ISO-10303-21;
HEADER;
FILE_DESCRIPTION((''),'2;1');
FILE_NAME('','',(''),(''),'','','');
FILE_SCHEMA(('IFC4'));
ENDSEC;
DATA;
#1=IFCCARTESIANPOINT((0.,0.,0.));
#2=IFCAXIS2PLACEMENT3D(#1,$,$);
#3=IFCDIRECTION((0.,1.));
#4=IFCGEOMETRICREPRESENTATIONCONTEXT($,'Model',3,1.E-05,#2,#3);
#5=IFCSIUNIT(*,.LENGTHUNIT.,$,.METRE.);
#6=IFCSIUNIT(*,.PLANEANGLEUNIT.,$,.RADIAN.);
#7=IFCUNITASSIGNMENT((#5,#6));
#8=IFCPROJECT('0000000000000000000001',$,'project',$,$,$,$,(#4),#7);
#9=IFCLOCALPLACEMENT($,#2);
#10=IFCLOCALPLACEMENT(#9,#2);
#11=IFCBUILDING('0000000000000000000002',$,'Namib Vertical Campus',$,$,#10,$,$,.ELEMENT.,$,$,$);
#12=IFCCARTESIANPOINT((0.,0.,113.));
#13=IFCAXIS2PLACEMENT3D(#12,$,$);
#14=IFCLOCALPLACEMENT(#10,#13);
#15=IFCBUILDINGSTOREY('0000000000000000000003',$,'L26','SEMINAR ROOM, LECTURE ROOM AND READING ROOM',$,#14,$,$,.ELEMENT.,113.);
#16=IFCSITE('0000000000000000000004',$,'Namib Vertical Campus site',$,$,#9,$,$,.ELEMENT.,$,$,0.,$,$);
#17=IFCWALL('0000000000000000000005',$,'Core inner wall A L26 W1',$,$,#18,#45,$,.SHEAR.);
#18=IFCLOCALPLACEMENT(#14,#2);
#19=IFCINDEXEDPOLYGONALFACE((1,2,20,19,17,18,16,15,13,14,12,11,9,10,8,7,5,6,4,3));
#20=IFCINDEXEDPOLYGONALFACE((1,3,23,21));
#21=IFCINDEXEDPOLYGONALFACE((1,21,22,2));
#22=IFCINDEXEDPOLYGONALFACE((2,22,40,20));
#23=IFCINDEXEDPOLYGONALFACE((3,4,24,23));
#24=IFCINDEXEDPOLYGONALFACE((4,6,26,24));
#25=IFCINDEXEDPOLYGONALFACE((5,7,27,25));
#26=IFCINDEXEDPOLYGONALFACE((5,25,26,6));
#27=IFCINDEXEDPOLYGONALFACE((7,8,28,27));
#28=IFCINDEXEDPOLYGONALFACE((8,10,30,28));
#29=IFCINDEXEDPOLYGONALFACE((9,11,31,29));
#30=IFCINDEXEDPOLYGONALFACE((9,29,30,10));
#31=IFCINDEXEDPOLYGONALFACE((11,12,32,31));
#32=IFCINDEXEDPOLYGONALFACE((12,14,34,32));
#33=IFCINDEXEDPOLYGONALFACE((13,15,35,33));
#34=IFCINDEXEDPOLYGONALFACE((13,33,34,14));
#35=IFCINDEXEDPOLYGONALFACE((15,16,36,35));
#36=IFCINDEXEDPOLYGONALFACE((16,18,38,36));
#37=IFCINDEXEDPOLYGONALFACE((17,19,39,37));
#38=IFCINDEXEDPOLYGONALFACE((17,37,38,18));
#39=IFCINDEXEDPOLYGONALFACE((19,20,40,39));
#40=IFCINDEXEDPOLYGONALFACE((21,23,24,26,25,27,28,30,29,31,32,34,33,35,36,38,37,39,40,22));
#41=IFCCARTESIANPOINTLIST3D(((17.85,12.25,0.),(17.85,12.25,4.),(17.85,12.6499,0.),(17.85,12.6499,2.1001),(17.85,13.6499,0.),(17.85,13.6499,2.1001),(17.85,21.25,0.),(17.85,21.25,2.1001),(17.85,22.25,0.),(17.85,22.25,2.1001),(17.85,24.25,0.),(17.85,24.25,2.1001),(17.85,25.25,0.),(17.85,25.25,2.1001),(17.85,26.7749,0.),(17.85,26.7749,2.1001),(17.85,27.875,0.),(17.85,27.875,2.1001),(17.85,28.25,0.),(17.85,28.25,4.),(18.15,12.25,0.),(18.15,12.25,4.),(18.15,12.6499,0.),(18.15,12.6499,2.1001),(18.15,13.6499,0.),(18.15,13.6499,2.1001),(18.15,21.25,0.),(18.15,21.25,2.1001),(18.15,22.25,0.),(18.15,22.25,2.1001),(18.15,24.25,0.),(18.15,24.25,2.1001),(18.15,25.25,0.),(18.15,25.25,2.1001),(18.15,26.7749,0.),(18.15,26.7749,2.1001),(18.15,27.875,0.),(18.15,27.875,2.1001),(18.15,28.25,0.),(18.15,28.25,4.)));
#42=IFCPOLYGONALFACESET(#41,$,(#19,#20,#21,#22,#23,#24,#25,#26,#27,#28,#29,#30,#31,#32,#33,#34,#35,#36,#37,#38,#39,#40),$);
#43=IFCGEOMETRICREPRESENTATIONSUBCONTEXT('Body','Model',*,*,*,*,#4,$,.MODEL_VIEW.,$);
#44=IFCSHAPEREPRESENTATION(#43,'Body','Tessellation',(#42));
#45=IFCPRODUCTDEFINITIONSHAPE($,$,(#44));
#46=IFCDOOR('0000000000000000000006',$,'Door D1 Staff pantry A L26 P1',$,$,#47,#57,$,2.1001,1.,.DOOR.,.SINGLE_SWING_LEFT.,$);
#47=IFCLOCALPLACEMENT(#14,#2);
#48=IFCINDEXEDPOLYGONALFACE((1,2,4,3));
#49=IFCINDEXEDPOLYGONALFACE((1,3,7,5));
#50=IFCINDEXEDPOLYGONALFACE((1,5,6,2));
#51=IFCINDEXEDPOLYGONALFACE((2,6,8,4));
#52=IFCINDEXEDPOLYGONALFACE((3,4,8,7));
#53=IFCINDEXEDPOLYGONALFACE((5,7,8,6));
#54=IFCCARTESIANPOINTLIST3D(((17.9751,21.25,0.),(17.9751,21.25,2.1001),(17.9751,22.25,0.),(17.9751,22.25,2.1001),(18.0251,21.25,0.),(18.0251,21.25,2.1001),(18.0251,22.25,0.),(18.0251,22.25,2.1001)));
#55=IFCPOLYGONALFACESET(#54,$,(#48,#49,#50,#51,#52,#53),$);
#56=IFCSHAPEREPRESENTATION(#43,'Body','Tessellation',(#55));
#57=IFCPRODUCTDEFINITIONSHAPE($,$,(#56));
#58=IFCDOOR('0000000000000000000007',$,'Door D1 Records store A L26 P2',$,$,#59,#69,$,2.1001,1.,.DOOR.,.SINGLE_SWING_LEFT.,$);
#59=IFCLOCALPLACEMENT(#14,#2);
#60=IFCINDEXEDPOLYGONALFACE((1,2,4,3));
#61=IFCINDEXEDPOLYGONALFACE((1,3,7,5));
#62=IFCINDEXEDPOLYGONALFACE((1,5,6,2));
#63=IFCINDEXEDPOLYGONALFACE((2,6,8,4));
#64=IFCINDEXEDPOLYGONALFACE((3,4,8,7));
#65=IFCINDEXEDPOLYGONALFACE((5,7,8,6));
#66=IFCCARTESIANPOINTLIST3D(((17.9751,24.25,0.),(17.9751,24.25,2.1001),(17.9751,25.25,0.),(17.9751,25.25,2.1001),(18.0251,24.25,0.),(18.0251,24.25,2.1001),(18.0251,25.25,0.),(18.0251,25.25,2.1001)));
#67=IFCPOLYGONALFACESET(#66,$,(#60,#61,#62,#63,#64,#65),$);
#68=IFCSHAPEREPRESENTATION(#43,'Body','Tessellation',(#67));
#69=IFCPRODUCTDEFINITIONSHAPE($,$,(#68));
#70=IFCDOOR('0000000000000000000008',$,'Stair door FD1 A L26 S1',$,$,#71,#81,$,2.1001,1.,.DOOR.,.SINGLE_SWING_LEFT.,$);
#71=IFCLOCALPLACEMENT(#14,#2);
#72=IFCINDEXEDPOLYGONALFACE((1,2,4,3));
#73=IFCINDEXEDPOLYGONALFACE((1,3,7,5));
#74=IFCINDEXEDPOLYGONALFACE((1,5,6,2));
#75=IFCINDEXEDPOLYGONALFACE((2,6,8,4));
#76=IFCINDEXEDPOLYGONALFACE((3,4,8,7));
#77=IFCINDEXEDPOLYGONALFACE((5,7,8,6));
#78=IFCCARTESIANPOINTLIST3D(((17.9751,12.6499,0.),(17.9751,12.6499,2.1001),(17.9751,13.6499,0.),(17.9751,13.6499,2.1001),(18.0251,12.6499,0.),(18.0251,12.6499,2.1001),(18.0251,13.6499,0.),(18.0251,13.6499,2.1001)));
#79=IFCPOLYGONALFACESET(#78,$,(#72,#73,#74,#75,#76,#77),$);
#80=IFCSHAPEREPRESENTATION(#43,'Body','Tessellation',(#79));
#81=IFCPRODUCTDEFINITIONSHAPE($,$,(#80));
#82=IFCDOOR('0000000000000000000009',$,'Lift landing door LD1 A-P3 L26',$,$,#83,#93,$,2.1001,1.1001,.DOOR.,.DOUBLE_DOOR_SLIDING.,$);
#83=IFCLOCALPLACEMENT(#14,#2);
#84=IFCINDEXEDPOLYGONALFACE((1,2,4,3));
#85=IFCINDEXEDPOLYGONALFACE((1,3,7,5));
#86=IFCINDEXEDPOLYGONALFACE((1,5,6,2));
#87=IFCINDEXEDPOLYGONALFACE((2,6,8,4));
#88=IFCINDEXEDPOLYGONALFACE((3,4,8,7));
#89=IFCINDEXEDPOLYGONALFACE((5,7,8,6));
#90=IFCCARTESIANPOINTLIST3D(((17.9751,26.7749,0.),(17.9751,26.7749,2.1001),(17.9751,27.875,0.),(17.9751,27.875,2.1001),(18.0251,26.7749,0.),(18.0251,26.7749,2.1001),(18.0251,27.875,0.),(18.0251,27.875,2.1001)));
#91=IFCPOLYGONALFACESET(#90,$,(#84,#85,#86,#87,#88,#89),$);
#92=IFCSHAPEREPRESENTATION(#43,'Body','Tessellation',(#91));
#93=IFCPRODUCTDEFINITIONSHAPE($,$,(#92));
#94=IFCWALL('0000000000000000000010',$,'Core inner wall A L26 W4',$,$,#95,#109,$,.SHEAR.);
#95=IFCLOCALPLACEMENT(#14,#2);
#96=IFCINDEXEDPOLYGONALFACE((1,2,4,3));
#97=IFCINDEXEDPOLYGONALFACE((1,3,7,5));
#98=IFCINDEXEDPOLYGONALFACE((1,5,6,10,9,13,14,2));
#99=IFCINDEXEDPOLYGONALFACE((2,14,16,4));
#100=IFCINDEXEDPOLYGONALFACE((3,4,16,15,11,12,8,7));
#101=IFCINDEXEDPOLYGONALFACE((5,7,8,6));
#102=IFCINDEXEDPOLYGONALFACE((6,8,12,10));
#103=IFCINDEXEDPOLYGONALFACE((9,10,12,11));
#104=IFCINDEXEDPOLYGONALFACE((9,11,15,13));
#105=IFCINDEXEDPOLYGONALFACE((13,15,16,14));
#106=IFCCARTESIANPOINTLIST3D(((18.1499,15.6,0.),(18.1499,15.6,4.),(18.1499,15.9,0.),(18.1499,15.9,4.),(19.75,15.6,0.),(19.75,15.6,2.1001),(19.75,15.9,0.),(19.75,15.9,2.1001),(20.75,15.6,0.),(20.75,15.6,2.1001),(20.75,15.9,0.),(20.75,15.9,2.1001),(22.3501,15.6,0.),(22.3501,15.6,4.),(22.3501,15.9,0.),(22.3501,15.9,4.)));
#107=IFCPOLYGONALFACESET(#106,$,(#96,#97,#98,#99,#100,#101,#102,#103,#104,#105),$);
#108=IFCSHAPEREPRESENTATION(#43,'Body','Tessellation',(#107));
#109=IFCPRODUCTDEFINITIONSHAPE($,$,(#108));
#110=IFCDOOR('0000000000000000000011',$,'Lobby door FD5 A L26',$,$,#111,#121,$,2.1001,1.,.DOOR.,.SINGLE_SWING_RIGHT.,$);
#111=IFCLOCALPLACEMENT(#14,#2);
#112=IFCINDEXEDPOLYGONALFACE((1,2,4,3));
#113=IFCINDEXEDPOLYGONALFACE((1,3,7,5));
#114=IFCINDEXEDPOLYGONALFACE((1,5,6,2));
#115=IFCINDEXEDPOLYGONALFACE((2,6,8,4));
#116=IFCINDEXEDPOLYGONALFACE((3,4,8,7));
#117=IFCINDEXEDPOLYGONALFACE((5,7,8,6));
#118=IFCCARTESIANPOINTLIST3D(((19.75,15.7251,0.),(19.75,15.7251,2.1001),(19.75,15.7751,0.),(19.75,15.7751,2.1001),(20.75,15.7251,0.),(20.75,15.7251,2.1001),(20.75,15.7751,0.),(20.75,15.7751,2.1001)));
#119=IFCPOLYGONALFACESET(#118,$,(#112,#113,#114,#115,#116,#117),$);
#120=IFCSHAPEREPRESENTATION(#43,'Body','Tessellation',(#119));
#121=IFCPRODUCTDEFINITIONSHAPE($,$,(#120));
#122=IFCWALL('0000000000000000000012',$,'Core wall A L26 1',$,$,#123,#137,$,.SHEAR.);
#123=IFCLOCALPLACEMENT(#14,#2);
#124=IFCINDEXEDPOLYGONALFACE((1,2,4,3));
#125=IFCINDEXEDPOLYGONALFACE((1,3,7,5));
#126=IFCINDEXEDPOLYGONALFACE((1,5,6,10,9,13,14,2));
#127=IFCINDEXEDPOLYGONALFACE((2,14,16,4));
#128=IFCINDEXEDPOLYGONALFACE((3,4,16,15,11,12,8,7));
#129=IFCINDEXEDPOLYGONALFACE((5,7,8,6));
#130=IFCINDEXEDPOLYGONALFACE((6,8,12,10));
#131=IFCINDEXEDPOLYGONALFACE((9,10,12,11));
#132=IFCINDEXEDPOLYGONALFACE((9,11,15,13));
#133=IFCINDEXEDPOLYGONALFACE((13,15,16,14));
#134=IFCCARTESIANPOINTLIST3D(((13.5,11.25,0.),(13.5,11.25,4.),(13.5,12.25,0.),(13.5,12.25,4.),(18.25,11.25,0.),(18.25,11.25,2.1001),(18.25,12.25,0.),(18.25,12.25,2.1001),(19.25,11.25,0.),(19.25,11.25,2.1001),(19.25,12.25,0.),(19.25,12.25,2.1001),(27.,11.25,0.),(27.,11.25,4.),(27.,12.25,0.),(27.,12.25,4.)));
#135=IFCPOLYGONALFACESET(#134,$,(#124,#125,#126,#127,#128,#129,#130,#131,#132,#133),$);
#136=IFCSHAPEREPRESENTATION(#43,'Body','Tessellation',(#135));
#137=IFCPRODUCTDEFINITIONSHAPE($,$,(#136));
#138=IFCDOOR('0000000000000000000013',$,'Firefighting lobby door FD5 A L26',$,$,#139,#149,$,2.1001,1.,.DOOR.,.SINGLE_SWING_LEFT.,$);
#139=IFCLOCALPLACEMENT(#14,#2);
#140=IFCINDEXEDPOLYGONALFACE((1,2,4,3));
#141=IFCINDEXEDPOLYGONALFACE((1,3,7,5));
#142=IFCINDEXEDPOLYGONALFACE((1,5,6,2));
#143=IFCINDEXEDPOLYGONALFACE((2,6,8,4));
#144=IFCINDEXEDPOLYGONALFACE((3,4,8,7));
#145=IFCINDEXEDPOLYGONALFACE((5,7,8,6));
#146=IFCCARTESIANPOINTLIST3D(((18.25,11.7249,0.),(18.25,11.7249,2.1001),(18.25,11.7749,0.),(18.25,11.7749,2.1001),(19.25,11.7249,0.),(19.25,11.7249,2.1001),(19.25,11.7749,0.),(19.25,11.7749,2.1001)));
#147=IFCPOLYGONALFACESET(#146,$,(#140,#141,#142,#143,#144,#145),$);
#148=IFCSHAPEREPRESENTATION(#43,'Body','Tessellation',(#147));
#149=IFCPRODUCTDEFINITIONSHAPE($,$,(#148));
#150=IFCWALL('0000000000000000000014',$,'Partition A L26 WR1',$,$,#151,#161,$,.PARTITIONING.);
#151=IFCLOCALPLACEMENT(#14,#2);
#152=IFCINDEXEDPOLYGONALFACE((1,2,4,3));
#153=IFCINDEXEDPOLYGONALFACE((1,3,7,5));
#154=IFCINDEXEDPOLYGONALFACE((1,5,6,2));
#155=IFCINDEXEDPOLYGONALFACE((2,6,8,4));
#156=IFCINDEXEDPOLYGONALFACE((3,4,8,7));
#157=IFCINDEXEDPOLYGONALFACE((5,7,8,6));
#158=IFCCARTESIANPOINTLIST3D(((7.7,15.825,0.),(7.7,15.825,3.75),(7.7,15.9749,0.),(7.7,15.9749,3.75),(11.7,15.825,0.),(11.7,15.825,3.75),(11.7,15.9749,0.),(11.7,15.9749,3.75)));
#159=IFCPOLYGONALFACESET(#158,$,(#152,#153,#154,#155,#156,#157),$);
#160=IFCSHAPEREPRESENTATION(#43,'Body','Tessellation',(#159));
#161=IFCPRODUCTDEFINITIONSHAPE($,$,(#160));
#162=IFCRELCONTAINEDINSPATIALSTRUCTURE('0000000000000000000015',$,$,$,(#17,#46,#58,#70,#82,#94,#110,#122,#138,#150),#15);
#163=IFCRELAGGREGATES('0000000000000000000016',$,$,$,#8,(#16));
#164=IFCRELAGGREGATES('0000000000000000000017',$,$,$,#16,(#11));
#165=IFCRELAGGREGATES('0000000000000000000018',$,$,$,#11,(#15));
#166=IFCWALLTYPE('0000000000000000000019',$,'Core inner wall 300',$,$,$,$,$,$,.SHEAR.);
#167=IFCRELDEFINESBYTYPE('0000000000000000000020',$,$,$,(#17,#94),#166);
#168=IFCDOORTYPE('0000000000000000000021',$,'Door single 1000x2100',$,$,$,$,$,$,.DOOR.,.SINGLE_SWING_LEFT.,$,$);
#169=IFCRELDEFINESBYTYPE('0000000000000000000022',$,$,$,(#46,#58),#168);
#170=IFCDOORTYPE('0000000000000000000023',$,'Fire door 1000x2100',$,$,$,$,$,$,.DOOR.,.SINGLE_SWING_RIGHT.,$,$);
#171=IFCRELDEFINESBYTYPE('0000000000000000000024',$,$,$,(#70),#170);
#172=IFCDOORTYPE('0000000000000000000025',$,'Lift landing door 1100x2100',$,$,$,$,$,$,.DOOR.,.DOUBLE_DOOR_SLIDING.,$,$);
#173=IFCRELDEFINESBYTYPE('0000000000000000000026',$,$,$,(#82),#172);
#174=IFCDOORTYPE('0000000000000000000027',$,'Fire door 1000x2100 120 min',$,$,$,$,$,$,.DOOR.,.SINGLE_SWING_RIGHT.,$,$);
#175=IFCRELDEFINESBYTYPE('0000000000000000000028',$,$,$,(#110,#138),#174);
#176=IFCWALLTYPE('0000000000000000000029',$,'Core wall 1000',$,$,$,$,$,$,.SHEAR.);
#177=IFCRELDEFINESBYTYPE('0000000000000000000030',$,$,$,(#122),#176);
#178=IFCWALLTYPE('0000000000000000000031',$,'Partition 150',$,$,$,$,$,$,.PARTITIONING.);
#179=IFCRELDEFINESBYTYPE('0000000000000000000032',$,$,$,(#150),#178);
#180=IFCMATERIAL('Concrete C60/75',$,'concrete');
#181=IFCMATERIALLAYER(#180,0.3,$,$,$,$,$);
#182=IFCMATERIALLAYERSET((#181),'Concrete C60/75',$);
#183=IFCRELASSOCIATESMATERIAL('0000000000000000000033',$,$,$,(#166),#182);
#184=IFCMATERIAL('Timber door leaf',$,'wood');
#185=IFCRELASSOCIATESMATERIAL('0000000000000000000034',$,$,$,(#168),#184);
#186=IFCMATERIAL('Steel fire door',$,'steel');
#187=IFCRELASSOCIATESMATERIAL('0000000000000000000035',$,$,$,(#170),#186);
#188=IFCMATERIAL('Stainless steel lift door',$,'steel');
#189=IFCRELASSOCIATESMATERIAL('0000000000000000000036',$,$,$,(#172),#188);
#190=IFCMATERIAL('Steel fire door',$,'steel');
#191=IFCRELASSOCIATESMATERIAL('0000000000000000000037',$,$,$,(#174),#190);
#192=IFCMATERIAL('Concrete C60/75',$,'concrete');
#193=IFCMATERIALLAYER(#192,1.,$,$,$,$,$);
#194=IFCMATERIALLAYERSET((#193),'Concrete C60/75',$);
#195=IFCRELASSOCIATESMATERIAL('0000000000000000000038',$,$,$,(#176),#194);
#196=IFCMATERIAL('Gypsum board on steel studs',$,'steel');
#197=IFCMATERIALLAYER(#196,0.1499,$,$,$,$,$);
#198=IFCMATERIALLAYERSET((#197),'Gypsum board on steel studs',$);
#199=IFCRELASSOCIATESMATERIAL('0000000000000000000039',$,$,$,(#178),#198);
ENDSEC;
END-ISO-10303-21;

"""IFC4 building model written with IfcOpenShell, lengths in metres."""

from ifc_helpers import new_model, si_unit, direction, frame, frame_2d, origin, place, context, subcontext, project, spatial, rectangle, extrude, material, layer, layer_set, type_object, element, fill, save


model = new_model("IFC4")

# Units and contexts
model_context = context("Model", 3, precision=1e-05, world=origin(), true_north=direction((0.0, 1.0)))
body_context = subcontext(model_context, "Body", "Model", "MODEL_VIEW")
ifc_project = project(units=[si_unit("LENGTHUNIT", "METRE"), si_unit("PLANEANGLEUNIT", "RADIAN")], contexts=[model_context])

# Site, building, storey
site_placement = place(None, origin())
site = spatial("IfcSite", under=ifc_project, at=site_placement, Name="Namib Vertical Campus site", CompositionType="ELEMENT", RefElevation=0.0)
building_placement = place(site_placement, origin())
building = spatial("IfcBuilding", under=site, at=building_placement, Name="Namib Vertical Campus", CompositionType="ELEMENT")
storey_placement = place(building_placement, frame((0.0, 0.0, 113.0)))
storey = spatial("IfcBuildingStorey", under=building, at=storey_placement, Name="L26", Description="SEMINAR ROOM, LECTURE ROOM AND READING ROOM", CompositionType="ELEMENT", Elevation=113.0)

# Wall, openings, doors
ifc_material_1 = material(Name="Concrete C60/75", Category="concrete")
ifc_layer_1 = layer(ifc_material_1, 0.3)
ifc_layer_set_1 = layer_set([ifc_layer_1], Name="Concrete C60/75")
wall_type_1 = type_object("IfcWallType", Name="Core inner wall 300", PredefinedType="SHEAR", material=ifc_layer_set_1)
wall_1_placement = place(storey_placement, frame((18.0, 12.25, 0.0), z_axis=(0.0, 0.0, 1.0), x_axis=(0.0, 1.0, 0.0)))
wall_1 = element("IfcWall", 1, at=wall_1_placement, inside=storey, type_object=wall_type_1, Name="Core inner wall A L26 W1", PredefinedType="SHEAR", context=body_context, shape_type="SweptSolid", body=[
    extrude(rectangle(XDim=16.0, YDim=0.3, at=frame_2d((8.0, 0.0))), origin(), (0.0, 0.0, 1.0), 4.0),
])
opening_1_placement = place(wall_1_placement, frame((0.3999, 0.0, 0.0)))
opening_1 = element("IfcOpeningElement", 2, at=opening_1_placement, cuts=wall_1, PredefinedType="OPENING", context=body_context, shape_type="SweptSolid", body=[
    extrude(rectangle(XDim=1.0, YDim=2.1001, at=frame_2d((0.5, 1.05))), frame((0.0, 0.1599, 0.0), z_axis=(0.0, -1.0, 0.0), x_axis=(1.0, 0.0, 0.0)), (0.0, 0.0, 1.0), 0.3201),
])
opening_2_placement = place(wall_1_placement, frame((14.5249, 0.0, 0.0)))
opening_2 = element("IfcOpeningElement", 3, at=opening_2_placement, cuts=wall_1, PredefinedType="OPENING", context=body_context, shape_type="SweptSolid", body=[
    extrude(rectangle(XDim=1.1001, YDim=2.1001, at=frame_2d((0.55, 1.05))), frame((0.0, 0.1599, 0.0), z_axis=(0.0, -1.0, 0.0), x_axis=(1.0, 0.0, 0.0)), (0.0, 0.0, 1.0), 0.3201),
])
opening_3_placement = place(wall_1_placement, frame((9.0, 0.0, 0.0)))
opening_3 = element("IfcOpeningElement", 4, at=opening_3_placement, cuts=wall_1, PredefinedType="OPENING", context=body_context, shape_type="SweptSolid", body=[
    extrude(rectangle(XDim=1.0, YDim=2.1001, at=frame_2d((0.5, 1.05))), frame((0.0, 0.1599, 0.0), z_axis=(0.0, -1.0, 0.0), x_axis=(1.0, 0.0, 0.0)), (0.0, 0.0, 1.0), 0.3201),
])
opening_4_placement = place(wall_1_placement, frame((12.0, 0.0, 0.0)))
opening_4 = element("IfcOpeningElement", 5, at=opening_4_placement, cuts=wall_1, PredefinedType="OPENING", context=body_context, shape_type="SweptSolid", body=[
    extrude(rectangle(XDim=1.0, YDim=2.1001, at=frame_2d((0.5, 1.05))), frame((0.0, 0.1599, 0.0), z_axis=(0.0, -1.0, 0.0), x_axis=(1.0, 0.0, 0.0)), (0.0, 0.0, 1.0), 0.3201),
])
ifc_material_2 = material(Name="Timber door leaf", Category="wood")
door_type_1 = type_object("IfcDoorType", Name="Door single 1000x2100", OperationType="SINGLE_SWING_LEFT", PredefinedType="DOOR", material=ifc_material_2)
door_1_placement = place(opening_3_placement, origin())
door_1 = element("IfcDoor", 6, at=door_1_placement, inside=storey, type_object=door_type_1, Name="Door D1 Staff pantry A L26 P1", OperationType="SINGLE_SWING_LEFT", OverallHeight=2.1001, OverallWidth=1.0, PredefinedType="DOOR", context=body_context, shape_type="SweptSolid", body=[
    extrude(rectangle(XDim=1.0, YDim=2.1001, at=frame_2d((0.5, 1.05))), frame((0.0, 0.0249, 0.0), z_axis=(0.0, -1.0, 0.0), x_axis=(1.0, 0.0, 0.0)), (0.0, 0.0, 1.0), 0.05),
])
fill(opening_3, door_1)
door_2_placement = place(opening_4_placement, origin())
door_2 = element("IfcDoor", 7, at=door_2_placement, inside=storey, type_object=door_type_1, Name="Door D1 Records store A L26 P2", OperationType="SINGLE_SWING_LEFT", OverallHeight=2.1001, OverallWidth=1.0, PredefinedType="DOOR", context=body_context, shape_type="SweptSolid", body=[
    extrude(rectangle(XDim=1.0, YDim=2.1001, at=frame_2d((0.5, 1.05))), frame((0.0, 0.0249, 0.0), z_axis=(0.0, -1.0, 0.0), x_axis=(1.0, 0.0, 0.0)), (0.0, 0.0, 1.0), 0.05),
])
fill(opening_4, door_2)
ifc_material_3 = material(Name="Steel fire door", Category="steel")
door_type_2 = type_object("IfcDoorType", Name="Fire door 1000x2100", OperationType="SINGLE_SWING_RIGHT", PredefinedType="DOOR", material=ifc_material_3)
door_3_placement = place(opening_1_placement, origin())
door_3 = element("IfcDoor", 8, at=door_3_placement, inside=storey, type_object=door_type_2, Name="Stair door FD1 A L26 S1", OperationType="SINGLE_SWING_LEFT", OverallHeight=2.1001, OverallWidth=1.0, PredefinedType="DOOR", context=body_context, shape_type="SweptSolid", body=[
    extrude(rectangle(XDim=1.0, YDim=2.1001, at=frame_2d((0.5, 1.05))), frame((0.0, 0.0249, 0.0), z_axis=(0.0, -1.0, 0.0), x_axis=(1.0, 0.0, 0.0)), (0.0, 0.0, 1.0), 0.05),
])
fill(opening_1, door_3)
ifc_material_4 = material(Name="Stainless steel lift door", Category="steel")
door_type_3 = type_object("IfcDoorType", Name="Lift landing door 1100x2100", OperationType="DOUBLE_DOOR_SLIDING", PredefinedType="DOOR", material=ifc_material_4)
door_4_placement = place(opening_2_placement, origin())
door_4 = element("IfcDoor", 9, at=door_4_placement, inside=storey, type_object=door_type_3, Name="Lift landing door LD1 A-P3 L26", OperationType="DOUBLE_DOOR_SLIDING", OverallHeight=2.1001, OverallWidth=1.1001, PredefinedType="DOOR", context=body_context, shape_type="SweptSolid", body=[
    extrude(rectangle(XDim=1.1001, YDim=2.1001, at=frame_2d((0.55, 1.05))), frame((0.0, 0.0249, 0.0), z_axis=(0.0, -1.0, 0.0), x_axis=(1.0, 0.0, 0.0)), (0.0, 0.0, 1.0), 0.05),
])
fill(opening_2, door_4)

# Walls, openings, doors
wall_2_placement = place(storey_placement, frame((18.1499, 15.75, 0.0), z_axis=(0.0, 0.0, 1.0), x_axis=(1.0, 0.0, 0.0)))
wall_2 = element("IfcWall", 10, at=wall_2_placement, inside=storey, type_object=wall_type_1, Name="Core inner wall A L26 W4", PredefinedType="SHEAR", context=body_context, shape_type="SweptSolid", body=[
    extrude(rectangle(XDim=4.2002, YDim=0.3, at=frame_2d((2.1001, 0.0))), origin(), (0.0, 0.0, 1.0), 4.0),
])
opening_5_placement = place(wall_2_placement, frame((1.6001, 0.0, 0.0)))
opening_5 = element("IfcOpeningElement", 11, at=opening_5_placement, cuts=wall_2, PredefinedType="OPENING", context=body_context, shape_type="SweptSolid", body=[
    extrude(rectangle(XDim=1.0, YDim=2.1001, at=frame_2d((0.5, 1.05))), frame((0.0, 0.1599, 0.0), z_axis=(0.0, -1.0, 0.0), x_axis=(1.0, 0.0, 0.0)), (0.0, 0.0, 1.0), 0.3201),
])
ifc_material_5 = material(Name="Steel fire door", Category="steel")
door_type_4 = type_object("IfcDoorType", Name="Fire door 1000x2100 120 min", OperationType="SINGLE_SWING_RIGHT", PredefinedType="DOOR", material=ifc_material_5)
door_5_placement = place(opening_5_placement, frame((1.0, 0.0, 0.0), z_axis=(0.0, 0.0, 1.0), x_axis=(-1.0, 0.0, 0.0)))
door_5 = element("IfcDoor", 12, at=door_5_placement, inside=storey, type_object=door_type_4, Name="Lobby door FD5 A L26", OperationType="SINGLE_SWING_RIGHT", OverallHeight=2.1001, OverallWidth=1.0, PredefinedType="DOOR", context=body_context, shape_type="SweptSolid", body=[
    extrude(rectangle(XDim=1.0, YDim=2.1001, at=frame_2d((0.5, 1.05))), frame((0.0, 0.0249, 0.0), z_axis=(0.0, -1.0, 0.0), x_axis=(1.0, 0.0, 0.0)), (0.0, 0.0, 1.0), 0.05),
])
fill(opening_5, door_5)
ifc_material_6 = material(Name="Concrete C60/75", Category="concrete")
ifc_layer_2 = layer(ifc_material_6, 1.0)
ifc_layer_set_2 = layer_set([ifc_layer_2], Name="Concrete C60/75")
wall_type_2 = type_object("IfcWallType", Name="Core wall 1000", PredefinedType="SHEAR", material=ifc_layer_set_2)
wall_3_placement = place(storey_placement, frame((13.5, 11.75, 0.0), z_axis=(0.0, 0.0, 1.0), x_axis=(1.0, 0.0, 0.0)))
wall_3 = element("IfcWall", 13, at=wall_3_placement, inside=storey, type_object=wall_type_2, Name="Core wall A L26 1", PredefinedType="SHEAR", context=body_context, shape_type="SweptSolid", body=[
    extrude(rectangle(XDim=13.5, YDim=1.0, at=frame_2d((6.75, 0.0))), origin(), (0.0, 0.0, 1.0), 4.0),
])
opening_6_placement = place(wall_3_placement, frame((4.75, 0.0, 0.0)))
opening_6 = element("IfcOpeningElement", 14, at=opening_6_placement, cuts=wall_3, PredefinedType="OPENING", context=body_context, shape_type="SweptSolid", body=[
    extrude(rectangle(XDim=1.0, YDim=2.1001, at=frame_2d((0.5, 1.05))), frame((0.0, 0.51, 0.0), z_axis=(0.0, -1.0, 0.0), x_axis=(1.0, 0.0, 0.0)), (0.0, 0.0, 1.0), 1.02),
])
door_6_placement = place(opening_6_placement, origin())
door_6 = element("IfcDoor", 15, at=door_6_placement, inside=storey, type_object=door_type_4, Name="Firefighting lobby door FD5 A L26", OperationType="SINGLE_SWING_LEFT", OverallHeight=2.1001, OverallWidth=1.0, PredefinedType="DOOR", context=body_context, shape_type="SweptSolid", body=[
    extrude(rectangle(XDim=1.0, YDim=2.1001, at=frame_2d((0.5, 1.05))), frame((0.0, 0.0249, 0.0), z_axis=(0.0, -1.0, 0.0), x_axis=(1.0, 0.0, 0.0)), (0.0, 0.0, 1.0), 0.05),
])
fill(opening_6, door_6)

# Wall
ifc_material_7 = material(Name="Gypsum board on steel studs", Category="steel")
ifc_layer_3 = layer(ifc_material_7, 0.1499)
ifc_layer_set_3 = layer_set([ifc_layer_3], Name="Gypsum board on steel studs")
wall_type_3 = type_object("IfcWallType", Name="Partition 150", PredefinedType="PARTITIONING", material=ifc_layer_set_3)
wall_4_placement = place(storey_placement, frame((11.7, 15.8999, 0.0), z_axis=(0.0, 0.0, 1.0), x_axis=(-1.0, 0.0, 0.0)))
element("IfcWall", 16, at=wall_4_placement, inside=storey, type_object=wall_type_3, Name="Partition A L26 WR1", PredefinedType="PARTITIONING", context=body_context, shape_type="SweptSolid", body=[
    extrude(rectangle(XDim=4.0, YDim=0.1499, at=frame_2d((2.0, 0.0))), origin(), (0.0, 0.0, 1.0), 3.75),
])

save(model, "model.ifc")
